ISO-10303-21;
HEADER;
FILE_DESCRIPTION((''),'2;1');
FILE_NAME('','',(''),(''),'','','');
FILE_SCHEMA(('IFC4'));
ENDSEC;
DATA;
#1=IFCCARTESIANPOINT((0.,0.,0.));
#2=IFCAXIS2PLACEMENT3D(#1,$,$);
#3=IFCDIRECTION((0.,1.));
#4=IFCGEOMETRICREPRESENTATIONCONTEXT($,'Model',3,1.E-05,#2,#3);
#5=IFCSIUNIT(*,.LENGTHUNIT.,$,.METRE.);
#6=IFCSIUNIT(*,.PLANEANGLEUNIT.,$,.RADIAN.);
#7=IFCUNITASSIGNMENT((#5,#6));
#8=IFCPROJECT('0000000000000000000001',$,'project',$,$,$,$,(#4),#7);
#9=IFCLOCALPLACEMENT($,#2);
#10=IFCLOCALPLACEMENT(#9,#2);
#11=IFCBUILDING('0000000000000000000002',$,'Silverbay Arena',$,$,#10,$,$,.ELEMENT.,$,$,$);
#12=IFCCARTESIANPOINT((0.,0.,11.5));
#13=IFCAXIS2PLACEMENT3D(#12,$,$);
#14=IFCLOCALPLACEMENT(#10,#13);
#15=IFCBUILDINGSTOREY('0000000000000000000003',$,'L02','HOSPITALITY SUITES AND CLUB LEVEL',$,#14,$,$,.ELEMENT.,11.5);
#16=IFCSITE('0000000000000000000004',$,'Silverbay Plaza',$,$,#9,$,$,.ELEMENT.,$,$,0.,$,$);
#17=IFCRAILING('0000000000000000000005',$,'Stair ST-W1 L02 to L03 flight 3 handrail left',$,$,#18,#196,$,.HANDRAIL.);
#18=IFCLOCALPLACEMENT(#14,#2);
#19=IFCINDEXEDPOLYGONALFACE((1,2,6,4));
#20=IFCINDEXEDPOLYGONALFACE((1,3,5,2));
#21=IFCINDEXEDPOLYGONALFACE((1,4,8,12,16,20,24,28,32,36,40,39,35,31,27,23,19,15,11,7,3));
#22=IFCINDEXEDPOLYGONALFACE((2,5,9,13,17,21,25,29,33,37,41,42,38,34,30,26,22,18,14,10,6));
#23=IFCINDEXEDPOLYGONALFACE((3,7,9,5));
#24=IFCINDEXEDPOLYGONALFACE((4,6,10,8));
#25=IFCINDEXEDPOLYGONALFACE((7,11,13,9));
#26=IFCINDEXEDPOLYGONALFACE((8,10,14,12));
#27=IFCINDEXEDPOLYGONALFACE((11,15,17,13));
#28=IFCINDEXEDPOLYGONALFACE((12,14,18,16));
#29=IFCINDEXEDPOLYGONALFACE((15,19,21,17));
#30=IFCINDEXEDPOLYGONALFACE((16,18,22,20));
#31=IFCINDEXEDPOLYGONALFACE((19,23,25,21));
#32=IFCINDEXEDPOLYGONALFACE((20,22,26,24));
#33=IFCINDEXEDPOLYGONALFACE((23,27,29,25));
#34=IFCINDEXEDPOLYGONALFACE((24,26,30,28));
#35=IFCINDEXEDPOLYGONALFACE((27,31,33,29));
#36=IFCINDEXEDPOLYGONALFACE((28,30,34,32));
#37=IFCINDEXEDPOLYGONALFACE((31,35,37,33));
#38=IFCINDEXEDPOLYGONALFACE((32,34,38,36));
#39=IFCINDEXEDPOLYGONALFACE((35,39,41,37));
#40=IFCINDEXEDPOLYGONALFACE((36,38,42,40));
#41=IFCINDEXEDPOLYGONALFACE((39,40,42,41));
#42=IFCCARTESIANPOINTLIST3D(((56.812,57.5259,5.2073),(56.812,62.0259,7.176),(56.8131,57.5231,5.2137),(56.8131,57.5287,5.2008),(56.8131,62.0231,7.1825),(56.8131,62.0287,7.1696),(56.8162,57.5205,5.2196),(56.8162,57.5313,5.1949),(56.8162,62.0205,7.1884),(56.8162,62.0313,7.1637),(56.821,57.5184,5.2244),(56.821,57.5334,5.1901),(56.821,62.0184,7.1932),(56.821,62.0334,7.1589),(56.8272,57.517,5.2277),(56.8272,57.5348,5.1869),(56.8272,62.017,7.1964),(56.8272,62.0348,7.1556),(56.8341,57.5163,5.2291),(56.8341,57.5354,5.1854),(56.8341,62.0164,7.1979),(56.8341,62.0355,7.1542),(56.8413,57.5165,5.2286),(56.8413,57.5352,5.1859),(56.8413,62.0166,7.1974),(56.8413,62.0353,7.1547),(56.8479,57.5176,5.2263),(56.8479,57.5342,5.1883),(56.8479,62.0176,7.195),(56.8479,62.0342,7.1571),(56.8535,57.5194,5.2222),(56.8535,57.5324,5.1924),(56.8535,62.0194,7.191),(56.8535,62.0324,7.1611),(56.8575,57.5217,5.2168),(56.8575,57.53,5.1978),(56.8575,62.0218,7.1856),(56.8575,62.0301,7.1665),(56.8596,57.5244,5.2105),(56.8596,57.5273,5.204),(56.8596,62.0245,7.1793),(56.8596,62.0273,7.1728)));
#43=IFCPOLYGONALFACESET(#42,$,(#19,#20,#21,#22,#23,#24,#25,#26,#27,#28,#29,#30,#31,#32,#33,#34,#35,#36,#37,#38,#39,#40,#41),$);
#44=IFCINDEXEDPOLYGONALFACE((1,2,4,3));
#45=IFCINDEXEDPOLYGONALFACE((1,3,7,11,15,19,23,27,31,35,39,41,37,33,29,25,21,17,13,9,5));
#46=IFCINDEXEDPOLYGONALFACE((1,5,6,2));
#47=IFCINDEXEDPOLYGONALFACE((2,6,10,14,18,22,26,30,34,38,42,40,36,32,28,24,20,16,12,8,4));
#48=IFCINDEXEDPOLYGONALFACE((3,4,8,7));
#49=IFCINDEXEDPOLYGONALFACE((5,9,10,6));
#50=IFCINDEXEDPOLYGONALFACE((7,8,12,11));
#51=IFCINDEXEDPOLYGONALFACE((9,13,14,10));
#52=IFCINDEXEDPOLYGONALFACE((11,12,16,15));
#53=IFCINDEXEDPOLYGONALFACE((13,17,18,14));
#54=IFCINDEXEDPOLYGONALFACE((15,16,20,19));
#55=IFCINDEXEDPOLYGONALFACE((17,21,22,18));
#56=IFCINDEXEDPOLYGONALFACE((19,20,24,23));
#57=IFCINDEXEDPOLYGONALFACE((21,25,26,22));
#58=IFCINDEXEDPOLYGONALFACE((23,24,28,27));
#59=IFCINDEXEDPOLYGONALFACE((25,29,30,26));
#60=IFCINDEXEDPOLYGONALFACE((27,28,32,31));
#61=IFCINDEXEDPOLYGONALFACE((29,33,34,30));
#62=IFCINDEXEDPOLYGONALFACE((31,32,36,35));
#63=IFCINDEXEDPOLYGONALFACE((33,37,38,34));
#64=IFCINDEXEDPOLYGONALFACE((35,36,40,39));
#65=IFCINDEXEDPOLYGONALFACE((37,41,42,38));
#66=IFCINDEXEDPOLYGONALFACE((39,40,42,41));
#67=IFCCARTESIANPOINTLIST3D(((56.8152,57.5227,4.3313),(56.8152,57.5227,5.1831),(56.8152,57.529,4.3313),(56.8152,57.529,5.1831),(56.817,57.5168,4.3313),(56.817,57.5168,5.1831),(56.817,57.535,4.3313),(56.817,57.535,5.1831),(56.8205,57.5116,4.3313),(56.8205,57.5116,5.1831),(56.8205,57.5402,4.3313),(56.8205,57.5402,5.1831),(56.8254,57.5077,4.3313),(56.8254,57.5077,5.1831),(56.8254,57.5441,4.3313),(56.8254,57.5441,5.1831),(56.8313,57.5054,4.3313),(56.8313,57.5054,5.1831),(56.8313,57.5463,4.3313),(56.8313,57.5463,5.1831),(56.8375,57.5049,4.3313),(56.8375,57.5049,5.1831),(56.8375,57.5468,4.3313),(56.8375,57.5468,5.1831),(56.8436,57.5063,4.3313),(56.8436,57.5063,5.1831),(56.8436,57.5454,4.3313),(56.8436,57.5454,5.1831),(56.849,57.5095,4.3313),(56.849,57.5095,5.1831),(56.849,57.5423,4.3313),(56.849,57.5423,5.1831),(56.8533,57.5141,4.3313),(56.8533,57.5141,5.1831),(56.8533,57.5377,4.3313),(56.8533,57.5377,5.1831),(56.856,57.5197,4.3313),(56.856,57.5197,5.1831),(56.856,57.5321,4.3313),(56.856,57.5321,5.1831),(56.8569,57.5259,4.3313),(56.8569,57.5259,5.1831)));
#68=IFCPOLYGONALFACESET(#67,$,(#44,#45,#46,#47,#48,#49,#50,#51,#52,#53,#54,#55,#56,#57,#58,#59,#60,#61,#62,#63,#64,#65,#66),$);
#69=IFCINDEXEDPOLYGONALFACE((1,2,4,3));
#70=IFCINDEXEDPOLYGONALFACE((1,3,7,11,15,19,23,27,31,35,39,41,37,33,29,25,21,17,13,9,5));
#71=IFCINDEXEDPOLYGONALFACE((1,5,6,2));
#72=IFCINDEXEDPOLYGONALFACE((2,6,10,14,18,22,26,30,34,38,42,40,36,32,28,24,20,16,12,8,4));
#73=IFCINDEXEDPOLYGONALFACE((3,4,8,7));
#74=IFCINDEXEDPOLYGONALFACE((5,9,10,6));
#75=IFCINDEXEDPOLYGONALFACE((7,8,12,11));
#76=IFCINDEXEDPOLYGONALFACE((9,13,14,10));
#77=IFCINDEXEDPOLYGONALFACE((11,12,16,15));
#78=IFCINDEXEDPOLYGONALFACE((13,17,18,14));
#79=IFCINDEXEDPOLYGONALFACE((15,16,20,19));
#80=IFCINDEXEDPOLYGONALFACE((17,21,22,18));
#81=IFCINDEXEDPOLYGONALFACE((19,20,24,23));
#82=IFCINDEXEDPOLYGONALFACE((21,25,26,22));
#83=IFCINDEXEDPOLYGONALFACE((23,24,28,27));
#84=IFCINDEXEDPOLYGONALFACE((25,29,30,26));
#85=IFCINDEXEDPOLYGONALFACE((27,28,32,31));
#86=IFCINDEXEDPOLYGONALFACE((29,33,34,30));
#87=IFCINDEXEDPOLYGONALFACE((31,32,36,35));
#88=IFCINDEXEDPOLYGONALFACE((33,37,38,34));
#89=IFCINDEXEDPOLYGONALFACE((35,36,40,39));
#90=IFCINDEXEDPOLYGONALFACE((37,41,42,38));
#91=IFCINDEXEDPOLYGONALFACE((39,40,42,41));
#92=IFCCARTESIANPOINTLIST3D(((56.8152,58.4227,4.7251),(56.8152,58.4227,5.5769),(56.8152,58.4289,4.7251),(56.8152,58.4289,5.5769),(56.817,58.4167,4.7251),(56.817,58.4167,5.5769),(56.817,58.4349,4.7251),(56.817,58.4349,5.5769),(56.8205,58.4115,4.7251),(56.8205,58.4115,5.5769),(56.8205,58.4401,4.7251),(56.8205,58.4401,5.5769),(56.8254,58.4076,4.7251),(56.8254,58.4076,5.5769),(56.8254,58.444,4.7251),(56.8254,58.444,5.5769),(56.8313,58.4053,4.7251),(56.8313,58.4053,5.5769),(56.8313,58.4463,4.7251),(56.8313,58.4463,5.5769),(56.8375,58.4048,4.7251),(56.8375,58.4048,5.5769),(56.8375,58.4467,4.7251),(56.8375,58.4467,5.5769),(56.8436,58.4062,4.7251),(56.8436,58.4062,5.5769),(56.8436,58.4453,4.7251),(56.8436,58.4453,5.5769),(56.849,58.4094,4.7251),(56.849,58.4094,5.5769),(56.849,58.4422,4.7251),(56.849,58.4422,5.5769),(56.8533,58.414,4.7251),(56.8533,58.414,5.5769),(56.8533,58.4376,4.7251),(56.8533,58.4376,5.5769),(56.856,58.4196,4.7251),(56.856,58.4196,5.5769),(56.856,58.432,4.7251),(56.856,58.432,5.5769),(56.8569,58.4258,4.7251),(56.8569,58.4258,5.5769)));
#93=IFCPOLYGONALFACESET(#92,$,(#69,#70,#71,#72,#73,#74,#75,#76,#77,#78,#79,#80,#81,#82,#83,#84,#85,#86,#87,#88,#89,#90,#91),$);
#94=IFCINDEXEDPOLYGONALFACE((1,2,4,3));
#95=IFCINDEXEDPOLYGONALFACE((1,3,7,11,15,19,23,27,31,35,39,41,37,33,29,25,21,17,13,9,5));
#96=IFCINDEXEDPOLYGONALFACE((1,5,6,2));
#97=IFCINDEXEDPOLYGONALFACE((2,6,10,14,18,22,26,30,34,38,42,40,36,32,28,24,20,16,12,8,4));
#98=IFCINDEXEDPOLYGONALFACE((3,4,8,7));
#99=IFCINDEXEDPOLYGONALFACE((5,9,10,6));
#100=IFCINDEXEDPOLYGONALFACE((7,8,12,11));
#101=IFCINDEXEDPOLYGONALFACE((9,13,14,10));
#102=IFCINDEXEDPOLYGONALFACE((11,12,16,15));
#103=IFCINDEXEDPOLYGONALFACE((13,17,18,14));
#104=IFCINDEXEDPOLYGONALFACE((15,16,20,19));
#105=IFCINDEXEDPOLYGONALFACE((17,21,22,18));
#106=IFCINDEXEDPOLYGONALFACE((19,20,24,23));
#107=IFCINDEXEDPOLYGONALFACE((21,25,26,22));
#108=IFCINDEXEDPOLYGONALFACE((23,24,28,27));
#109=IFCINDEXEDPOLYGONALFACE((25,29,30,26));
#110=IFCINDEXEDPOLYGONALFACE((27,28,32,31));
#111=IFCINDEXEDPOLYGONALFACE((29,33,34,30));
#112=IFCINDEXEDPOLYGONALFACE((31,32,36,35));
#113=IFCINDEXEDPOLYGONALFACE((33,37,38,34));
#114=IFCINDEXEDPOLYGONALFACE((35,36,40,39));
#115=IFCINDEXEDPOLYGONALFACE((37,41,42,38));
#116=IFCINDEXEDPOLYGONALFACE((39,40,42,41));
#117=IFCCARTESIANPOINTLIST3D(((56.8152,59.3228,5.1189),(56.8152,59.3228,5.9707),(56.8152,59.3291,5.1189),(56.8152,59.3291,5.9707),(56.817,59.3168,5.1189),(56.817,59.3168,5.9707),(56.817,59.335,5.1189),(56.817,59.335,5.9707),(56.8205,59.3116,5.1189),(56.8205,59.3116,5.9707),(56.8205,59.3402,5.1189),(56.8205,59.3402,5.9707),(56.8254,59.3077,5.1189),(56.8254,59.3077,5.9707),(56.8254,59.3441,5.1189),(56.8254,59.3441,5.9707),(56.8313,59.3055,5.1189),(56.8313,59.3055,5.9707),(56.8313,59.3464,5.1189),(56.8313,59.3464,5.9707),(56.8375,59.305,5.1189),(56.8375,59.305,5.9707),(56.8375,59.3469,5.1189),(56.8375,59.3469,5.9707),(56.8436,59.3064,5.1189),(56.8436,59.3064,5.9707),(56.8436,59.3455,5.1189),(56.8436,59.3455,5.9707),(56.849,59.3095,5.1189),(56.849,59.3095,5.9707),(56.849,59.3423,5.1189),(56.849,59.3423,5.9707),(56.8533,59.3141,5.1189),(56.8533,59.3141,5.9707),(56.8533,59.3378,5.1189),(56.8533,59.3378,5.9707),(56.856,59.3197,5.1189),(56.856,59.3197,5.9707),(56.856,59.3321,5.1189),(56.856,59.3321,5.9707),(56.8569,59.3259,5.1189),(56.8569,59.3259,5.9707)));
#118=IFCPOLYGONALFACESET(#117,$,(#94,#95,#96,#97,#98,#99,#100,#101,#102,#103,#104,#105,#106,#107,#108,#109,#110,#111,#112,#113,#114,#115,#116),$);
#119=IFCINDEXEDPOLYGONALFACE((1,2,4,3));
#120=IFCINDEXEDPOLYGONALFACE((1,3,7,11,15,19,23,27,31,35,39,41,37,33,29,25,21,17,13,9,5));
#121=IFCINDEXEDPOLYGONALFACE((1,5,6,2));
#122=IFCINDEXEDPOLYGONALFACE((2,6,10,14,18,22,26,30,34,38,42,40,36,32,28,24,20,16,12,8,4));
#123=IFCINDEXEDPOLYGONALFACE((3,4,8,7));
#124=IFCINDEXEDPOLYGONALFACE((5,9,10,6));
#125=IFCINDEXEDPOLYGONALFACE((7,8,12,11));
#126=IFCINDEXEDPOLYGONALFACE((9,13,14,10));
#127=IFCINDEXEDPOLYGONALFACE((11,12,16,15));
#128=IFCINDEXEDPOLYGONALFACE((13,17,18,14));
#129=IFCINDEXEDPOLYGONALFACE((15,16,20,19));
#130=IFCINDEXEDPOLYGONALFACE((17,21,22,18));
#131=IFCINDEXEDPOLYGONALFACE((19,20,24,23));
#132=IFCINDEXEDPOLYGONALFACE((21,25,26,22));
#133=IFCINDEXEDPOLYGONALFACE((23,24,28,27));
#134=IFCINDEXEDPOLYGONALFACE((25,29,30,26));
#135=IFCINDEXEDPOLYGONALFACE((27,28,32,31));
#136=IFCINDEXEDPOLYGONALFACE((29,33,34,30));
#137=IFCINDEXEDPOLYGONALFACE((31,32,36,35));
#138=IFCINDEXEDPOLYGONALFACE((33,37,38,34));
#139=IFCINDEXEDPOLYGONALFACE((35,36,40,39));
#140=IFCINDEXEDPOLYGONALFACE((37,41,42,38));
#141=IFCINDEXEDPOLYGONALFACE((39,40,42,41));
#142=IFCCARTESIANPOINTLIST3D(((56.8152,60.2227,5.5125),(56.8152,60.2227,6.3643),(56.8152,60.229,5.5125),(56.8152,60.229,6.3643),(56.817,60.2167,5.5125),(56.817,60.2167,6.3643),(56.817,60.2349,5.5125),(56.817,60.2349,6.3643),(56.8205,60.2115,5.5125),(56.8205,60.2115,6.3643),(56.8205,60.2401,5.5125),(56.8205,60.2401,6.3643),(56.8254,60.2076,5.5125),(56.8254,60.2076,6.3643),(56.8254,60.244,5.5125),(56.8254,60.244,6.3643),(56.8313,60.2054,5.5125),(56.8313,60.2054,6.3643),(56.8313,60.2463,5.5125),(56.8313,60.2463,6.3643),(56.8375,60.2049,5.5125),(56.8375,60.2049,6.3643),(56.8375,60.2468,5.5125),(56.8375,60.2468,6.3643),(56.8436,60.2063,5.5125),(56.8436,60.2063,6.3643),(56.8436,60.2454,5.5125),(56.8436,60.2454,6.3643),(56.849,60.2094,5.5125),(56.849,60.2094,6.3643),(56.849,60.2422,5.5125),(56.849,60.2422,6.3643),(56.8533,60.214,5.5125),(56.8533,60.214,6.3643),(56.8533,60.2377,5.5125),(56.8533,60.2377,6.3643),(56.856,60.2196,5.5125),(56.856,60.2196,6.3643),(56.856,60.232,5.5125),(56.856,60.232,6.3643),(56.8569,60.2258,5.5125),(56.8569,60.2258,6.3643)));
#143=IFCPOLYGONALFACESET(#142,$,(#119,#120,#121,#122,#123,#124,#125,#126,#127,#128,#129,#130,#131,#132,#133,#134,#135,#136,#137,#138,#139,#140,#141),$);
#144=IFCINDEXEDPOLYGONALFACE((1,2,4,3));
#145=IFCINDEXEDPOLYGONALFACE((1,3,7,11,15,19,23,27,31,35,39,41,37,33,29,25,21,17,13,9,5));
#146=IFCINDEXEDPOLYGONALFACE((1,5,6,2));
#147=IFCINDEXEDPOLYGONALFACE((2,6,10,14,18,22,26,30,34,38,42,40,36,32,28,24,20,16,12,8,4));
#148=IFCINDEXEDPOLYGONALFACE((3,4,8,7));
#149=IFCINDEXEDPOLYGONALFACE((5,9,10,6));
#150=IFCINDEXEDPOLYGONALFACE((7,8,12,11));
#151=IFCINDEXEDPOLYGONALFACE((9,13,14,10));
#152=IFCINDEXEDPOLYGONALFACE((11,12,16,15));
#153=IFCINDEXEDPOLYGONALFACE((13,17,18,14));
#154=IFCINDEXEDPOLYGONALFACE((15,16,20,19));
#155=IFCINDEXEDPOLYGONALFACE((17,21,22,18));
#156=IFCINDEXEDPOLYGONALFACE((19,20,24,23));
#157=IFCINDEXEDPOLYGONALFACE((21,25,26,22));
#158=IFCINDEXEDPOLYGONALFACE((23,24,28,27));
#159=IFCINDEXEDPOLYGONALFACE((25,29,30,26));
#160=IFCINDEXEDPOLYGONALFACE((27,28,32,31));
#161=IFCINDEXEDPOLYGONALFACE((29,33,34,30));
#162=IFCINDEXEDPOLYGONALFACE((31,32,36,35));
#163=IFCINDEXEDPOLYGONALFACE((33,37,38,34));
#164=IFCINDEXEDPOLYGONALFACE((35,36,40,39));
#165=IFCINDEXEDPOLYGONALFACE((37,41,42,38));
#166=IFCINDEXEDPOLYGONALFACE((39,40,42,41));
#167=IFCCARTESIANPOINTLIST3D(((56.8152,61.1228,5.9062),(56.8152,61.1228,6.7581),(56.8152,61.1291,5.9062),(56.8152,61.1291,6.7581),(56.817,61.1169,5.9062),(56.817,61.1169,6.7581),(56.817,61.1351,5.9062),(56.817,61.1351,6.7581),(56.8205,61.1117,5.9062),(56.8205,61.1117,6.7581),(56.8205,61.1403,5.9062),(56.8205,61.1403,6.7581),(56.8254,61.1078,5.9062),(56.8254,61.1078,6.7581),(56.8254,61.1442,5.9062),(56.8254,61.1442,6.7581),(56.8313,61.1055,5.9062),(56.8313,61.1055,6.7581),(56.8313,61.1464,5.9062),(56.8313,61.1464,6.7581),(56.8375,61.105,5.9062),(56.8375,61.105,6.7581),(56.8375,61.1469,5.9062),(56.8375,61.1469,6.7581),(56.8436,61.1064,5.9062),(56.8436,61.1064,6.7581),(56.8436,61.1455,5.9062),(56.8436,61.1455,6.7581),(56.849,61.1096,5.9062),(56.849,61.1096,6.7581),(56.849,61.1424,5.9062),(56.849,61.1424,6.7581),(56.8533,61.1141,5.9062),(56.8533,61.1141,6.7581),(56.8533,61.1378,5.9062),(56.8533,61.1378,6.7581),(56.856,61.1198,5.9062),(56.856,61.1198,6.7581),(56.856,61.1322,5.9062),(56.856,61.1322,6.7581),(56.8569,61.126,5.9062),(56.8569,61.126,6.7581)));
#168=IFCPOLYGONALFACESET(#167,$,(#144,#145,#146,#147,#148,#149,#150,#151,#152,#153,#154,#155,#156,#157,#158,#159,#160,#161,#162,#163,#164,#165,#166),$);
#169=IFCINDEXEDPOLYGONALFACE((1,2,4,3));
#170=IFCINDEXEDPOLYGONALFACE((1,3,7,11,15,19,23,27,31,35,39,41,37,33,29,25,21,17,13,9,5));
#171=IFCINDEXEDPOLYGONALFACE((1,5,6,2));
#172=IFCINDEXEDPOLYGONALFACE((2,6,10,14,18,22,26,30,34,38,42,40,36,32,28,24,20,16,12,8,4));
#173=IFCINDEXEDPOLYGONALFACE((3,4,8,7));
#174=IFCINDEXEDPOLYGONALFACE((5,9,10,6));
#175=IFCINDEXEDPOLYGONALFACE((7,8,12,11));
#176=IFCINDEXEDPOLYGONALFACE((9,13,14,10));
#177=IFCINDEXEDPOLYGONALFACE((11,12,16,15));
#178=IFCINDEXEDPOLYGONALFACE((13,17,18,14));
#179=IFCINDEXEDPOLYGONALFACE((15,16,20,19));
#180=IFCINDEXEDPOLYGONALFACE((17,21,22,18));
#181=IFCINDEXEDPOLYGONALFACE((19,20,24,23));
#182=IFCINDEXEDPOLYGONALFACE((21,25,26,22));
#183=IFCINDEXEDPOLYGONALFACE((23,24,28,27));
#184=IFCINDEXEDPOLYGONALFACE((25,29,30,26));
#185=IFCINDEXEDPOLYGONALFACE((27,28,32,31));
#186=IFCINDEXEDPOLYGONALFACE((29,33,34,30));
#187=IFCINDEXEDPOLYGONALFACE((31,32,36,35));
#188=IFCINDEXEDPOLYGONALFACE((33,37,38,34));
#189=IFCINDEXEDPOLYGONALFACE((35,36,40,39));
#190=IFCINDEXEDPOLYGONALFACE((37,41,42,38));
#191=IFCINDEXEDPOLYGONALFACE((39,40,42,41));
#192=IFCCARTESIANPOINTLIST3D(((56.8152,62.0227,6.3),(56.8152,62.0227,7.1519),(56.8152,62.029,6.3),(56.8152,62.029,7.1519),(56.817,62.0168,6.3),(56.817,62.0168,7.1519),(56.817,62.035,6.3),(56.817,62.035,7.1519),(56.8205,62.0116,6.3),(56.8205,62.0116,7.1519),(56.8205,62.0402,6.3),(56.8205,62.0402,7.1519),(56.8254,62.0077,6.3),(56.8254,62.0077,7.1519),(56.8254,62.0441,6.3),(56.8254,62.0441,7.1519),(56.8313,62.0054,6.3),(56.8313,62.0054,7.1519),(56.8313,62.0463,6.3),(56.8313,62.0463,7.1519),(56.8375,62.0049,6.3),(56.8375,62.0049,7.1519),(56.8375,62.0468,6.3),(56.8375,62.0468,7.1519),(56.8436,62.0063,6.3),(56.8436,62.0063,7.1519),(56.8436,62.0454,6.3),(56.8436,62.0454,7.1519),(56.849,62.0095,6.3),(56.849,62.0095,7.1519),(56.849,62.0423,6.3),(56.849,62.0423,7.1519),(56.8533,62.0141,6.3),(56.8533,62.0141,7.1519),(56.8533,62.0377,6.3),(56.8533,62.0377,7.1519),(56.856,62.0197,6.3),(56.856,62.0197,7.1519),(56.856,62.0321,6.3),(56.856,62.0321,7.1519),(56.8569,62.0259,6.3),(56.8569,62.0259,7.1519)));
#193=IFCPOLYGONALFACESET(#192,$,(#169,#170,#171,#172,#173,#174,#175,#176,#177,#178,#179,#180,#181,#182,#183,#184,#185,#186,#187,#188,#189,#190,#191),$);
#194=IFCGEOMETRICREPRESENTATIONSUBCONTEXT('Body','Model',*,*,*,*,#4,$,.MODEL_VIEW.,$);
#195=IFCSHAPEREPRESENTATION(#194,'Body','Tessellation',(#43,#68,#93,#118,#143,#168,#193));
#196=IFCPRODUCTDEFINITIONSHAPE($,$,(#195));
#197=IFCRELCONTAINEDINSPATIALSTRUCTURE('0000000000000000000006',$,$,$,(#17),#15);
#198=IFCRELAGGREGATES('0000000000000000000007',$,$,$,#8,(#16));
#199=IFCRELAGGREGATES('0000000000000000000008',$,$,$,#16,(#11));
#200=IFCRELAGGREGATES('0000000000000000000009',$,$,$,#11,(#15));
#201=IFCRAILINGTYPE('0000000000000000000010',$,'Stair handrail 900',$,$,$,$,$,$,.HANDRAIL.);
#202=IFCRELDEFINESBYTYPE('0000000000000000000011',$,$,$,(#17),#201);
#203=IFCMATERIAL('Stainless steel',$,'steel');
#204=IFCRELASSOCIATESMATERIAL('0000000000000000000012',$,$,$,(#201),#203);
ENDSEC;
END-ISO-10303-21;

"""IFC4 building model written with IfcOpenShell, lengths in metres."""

from ifc_helpers import new_model, si_unit, direction, frame, origin, origin_2d, place, context, subcontext, project, spatial, circle, extrude, material, type_object, element, save


model = new_model("IFC4")

# Units and contexts
model_context = context("Model", 3, precision=1e-05, world=origin(), true_north=direction((0.0, 1.0)))
body_context = subcontext(model_context, "Body", "Model", "MODEL_VIEW")
ifc_project = project(units=[si_unit("LENGTHUNIT", "METRE"), si_unit("PLANEANGLEUNIT", "RADIAN")], contexts=[model_context])

# Site, building, storey
site_placement = place(None, origin())
site = spatial("IfcSite", under=ifc_project, at=site_placement, Name="Silverbay Plaza", CompositionType="ELEMENT", RefElevation=0.0)
building_placement = place(site_placement, origin())
building = spatial("IfcBuilding", under=site, at=building_placement, Name="Silverbay Arena", CompositionType="ELEMENT")
storey_placement = place(building_placement, frame((0.0, 0.0, 11.5)))
storey = spatial("IfcBuildingStorey", under=building, at=storey_placement, Name="L02", Description="HOSPITALITY SUITES AND CLUB LEVEL", CompositionType="ELEMENT", Elevation=11.5)

# Railing
ifc_material_1 = material(Name="Stainless steel", Category="steel")
railing_type_1 = type_object("IfcRailingType", Name="Stair handrail 900", PredefinedType="HANDRAIL", material=ifc_material_1)
for number, where, name in (
    (1, (56.8359, 57.5259, 4.3313), "Stair ST-W1 L02 to L03 flight 3 handrail left"),
):
    element("IfcRailing", number, at=place(storey_placement, frame(where)), inside=storey, type_object=railing_type_1, Name=name, PredefinedType="HANDRAIL", context=body_context, shape_type="SweptSolid", body=[
        extrude(circle(Radius=0.0239, at=origin_2d()), frame((0.0, 0.0, 0.876), z_axis=(0.0, 0.916157, 0.400819), x_axis=(-1.0, 0.0, 0.0)), (0.0, 0.0, 1.0), 4.9119),
        extrude(circle(Radius=0.021, at=origin_2d()), origin(), (0.0, 0.0, 1.0), 0.8518),
        extrude(circle(Radius=0.021, at=origin_2d()), frame((0.0, 0.8999, 0.3938)), (0.0, 0.0, 1.0), 0.8518),
        extrude(circle(Radius=0.021, at=origin_2d()), frame((0.0, 1.8, 0.7876)), (0.0, 0.0, 1.0), 0.8518),
        extrude(circle(Radius=0.021, at=origin_2d()), frame((0.0, 2.7, 1.1812)), (0.0, 0.0, 1.0), 0.8518),
        extrude(circle(Radius=0.021, at=origin_2d()), frame((0.0, 3.6001, 1.575)), (0.0, 0.0, 1.0), 0.8518),
        extrude(circle(Radius=0.021, at=origin_2d()), frame((0.0, 4.5, 1.9688)), (0.0, 0.0, 1.0), 0.8518),
    ])

save(model, "model.ifc")
